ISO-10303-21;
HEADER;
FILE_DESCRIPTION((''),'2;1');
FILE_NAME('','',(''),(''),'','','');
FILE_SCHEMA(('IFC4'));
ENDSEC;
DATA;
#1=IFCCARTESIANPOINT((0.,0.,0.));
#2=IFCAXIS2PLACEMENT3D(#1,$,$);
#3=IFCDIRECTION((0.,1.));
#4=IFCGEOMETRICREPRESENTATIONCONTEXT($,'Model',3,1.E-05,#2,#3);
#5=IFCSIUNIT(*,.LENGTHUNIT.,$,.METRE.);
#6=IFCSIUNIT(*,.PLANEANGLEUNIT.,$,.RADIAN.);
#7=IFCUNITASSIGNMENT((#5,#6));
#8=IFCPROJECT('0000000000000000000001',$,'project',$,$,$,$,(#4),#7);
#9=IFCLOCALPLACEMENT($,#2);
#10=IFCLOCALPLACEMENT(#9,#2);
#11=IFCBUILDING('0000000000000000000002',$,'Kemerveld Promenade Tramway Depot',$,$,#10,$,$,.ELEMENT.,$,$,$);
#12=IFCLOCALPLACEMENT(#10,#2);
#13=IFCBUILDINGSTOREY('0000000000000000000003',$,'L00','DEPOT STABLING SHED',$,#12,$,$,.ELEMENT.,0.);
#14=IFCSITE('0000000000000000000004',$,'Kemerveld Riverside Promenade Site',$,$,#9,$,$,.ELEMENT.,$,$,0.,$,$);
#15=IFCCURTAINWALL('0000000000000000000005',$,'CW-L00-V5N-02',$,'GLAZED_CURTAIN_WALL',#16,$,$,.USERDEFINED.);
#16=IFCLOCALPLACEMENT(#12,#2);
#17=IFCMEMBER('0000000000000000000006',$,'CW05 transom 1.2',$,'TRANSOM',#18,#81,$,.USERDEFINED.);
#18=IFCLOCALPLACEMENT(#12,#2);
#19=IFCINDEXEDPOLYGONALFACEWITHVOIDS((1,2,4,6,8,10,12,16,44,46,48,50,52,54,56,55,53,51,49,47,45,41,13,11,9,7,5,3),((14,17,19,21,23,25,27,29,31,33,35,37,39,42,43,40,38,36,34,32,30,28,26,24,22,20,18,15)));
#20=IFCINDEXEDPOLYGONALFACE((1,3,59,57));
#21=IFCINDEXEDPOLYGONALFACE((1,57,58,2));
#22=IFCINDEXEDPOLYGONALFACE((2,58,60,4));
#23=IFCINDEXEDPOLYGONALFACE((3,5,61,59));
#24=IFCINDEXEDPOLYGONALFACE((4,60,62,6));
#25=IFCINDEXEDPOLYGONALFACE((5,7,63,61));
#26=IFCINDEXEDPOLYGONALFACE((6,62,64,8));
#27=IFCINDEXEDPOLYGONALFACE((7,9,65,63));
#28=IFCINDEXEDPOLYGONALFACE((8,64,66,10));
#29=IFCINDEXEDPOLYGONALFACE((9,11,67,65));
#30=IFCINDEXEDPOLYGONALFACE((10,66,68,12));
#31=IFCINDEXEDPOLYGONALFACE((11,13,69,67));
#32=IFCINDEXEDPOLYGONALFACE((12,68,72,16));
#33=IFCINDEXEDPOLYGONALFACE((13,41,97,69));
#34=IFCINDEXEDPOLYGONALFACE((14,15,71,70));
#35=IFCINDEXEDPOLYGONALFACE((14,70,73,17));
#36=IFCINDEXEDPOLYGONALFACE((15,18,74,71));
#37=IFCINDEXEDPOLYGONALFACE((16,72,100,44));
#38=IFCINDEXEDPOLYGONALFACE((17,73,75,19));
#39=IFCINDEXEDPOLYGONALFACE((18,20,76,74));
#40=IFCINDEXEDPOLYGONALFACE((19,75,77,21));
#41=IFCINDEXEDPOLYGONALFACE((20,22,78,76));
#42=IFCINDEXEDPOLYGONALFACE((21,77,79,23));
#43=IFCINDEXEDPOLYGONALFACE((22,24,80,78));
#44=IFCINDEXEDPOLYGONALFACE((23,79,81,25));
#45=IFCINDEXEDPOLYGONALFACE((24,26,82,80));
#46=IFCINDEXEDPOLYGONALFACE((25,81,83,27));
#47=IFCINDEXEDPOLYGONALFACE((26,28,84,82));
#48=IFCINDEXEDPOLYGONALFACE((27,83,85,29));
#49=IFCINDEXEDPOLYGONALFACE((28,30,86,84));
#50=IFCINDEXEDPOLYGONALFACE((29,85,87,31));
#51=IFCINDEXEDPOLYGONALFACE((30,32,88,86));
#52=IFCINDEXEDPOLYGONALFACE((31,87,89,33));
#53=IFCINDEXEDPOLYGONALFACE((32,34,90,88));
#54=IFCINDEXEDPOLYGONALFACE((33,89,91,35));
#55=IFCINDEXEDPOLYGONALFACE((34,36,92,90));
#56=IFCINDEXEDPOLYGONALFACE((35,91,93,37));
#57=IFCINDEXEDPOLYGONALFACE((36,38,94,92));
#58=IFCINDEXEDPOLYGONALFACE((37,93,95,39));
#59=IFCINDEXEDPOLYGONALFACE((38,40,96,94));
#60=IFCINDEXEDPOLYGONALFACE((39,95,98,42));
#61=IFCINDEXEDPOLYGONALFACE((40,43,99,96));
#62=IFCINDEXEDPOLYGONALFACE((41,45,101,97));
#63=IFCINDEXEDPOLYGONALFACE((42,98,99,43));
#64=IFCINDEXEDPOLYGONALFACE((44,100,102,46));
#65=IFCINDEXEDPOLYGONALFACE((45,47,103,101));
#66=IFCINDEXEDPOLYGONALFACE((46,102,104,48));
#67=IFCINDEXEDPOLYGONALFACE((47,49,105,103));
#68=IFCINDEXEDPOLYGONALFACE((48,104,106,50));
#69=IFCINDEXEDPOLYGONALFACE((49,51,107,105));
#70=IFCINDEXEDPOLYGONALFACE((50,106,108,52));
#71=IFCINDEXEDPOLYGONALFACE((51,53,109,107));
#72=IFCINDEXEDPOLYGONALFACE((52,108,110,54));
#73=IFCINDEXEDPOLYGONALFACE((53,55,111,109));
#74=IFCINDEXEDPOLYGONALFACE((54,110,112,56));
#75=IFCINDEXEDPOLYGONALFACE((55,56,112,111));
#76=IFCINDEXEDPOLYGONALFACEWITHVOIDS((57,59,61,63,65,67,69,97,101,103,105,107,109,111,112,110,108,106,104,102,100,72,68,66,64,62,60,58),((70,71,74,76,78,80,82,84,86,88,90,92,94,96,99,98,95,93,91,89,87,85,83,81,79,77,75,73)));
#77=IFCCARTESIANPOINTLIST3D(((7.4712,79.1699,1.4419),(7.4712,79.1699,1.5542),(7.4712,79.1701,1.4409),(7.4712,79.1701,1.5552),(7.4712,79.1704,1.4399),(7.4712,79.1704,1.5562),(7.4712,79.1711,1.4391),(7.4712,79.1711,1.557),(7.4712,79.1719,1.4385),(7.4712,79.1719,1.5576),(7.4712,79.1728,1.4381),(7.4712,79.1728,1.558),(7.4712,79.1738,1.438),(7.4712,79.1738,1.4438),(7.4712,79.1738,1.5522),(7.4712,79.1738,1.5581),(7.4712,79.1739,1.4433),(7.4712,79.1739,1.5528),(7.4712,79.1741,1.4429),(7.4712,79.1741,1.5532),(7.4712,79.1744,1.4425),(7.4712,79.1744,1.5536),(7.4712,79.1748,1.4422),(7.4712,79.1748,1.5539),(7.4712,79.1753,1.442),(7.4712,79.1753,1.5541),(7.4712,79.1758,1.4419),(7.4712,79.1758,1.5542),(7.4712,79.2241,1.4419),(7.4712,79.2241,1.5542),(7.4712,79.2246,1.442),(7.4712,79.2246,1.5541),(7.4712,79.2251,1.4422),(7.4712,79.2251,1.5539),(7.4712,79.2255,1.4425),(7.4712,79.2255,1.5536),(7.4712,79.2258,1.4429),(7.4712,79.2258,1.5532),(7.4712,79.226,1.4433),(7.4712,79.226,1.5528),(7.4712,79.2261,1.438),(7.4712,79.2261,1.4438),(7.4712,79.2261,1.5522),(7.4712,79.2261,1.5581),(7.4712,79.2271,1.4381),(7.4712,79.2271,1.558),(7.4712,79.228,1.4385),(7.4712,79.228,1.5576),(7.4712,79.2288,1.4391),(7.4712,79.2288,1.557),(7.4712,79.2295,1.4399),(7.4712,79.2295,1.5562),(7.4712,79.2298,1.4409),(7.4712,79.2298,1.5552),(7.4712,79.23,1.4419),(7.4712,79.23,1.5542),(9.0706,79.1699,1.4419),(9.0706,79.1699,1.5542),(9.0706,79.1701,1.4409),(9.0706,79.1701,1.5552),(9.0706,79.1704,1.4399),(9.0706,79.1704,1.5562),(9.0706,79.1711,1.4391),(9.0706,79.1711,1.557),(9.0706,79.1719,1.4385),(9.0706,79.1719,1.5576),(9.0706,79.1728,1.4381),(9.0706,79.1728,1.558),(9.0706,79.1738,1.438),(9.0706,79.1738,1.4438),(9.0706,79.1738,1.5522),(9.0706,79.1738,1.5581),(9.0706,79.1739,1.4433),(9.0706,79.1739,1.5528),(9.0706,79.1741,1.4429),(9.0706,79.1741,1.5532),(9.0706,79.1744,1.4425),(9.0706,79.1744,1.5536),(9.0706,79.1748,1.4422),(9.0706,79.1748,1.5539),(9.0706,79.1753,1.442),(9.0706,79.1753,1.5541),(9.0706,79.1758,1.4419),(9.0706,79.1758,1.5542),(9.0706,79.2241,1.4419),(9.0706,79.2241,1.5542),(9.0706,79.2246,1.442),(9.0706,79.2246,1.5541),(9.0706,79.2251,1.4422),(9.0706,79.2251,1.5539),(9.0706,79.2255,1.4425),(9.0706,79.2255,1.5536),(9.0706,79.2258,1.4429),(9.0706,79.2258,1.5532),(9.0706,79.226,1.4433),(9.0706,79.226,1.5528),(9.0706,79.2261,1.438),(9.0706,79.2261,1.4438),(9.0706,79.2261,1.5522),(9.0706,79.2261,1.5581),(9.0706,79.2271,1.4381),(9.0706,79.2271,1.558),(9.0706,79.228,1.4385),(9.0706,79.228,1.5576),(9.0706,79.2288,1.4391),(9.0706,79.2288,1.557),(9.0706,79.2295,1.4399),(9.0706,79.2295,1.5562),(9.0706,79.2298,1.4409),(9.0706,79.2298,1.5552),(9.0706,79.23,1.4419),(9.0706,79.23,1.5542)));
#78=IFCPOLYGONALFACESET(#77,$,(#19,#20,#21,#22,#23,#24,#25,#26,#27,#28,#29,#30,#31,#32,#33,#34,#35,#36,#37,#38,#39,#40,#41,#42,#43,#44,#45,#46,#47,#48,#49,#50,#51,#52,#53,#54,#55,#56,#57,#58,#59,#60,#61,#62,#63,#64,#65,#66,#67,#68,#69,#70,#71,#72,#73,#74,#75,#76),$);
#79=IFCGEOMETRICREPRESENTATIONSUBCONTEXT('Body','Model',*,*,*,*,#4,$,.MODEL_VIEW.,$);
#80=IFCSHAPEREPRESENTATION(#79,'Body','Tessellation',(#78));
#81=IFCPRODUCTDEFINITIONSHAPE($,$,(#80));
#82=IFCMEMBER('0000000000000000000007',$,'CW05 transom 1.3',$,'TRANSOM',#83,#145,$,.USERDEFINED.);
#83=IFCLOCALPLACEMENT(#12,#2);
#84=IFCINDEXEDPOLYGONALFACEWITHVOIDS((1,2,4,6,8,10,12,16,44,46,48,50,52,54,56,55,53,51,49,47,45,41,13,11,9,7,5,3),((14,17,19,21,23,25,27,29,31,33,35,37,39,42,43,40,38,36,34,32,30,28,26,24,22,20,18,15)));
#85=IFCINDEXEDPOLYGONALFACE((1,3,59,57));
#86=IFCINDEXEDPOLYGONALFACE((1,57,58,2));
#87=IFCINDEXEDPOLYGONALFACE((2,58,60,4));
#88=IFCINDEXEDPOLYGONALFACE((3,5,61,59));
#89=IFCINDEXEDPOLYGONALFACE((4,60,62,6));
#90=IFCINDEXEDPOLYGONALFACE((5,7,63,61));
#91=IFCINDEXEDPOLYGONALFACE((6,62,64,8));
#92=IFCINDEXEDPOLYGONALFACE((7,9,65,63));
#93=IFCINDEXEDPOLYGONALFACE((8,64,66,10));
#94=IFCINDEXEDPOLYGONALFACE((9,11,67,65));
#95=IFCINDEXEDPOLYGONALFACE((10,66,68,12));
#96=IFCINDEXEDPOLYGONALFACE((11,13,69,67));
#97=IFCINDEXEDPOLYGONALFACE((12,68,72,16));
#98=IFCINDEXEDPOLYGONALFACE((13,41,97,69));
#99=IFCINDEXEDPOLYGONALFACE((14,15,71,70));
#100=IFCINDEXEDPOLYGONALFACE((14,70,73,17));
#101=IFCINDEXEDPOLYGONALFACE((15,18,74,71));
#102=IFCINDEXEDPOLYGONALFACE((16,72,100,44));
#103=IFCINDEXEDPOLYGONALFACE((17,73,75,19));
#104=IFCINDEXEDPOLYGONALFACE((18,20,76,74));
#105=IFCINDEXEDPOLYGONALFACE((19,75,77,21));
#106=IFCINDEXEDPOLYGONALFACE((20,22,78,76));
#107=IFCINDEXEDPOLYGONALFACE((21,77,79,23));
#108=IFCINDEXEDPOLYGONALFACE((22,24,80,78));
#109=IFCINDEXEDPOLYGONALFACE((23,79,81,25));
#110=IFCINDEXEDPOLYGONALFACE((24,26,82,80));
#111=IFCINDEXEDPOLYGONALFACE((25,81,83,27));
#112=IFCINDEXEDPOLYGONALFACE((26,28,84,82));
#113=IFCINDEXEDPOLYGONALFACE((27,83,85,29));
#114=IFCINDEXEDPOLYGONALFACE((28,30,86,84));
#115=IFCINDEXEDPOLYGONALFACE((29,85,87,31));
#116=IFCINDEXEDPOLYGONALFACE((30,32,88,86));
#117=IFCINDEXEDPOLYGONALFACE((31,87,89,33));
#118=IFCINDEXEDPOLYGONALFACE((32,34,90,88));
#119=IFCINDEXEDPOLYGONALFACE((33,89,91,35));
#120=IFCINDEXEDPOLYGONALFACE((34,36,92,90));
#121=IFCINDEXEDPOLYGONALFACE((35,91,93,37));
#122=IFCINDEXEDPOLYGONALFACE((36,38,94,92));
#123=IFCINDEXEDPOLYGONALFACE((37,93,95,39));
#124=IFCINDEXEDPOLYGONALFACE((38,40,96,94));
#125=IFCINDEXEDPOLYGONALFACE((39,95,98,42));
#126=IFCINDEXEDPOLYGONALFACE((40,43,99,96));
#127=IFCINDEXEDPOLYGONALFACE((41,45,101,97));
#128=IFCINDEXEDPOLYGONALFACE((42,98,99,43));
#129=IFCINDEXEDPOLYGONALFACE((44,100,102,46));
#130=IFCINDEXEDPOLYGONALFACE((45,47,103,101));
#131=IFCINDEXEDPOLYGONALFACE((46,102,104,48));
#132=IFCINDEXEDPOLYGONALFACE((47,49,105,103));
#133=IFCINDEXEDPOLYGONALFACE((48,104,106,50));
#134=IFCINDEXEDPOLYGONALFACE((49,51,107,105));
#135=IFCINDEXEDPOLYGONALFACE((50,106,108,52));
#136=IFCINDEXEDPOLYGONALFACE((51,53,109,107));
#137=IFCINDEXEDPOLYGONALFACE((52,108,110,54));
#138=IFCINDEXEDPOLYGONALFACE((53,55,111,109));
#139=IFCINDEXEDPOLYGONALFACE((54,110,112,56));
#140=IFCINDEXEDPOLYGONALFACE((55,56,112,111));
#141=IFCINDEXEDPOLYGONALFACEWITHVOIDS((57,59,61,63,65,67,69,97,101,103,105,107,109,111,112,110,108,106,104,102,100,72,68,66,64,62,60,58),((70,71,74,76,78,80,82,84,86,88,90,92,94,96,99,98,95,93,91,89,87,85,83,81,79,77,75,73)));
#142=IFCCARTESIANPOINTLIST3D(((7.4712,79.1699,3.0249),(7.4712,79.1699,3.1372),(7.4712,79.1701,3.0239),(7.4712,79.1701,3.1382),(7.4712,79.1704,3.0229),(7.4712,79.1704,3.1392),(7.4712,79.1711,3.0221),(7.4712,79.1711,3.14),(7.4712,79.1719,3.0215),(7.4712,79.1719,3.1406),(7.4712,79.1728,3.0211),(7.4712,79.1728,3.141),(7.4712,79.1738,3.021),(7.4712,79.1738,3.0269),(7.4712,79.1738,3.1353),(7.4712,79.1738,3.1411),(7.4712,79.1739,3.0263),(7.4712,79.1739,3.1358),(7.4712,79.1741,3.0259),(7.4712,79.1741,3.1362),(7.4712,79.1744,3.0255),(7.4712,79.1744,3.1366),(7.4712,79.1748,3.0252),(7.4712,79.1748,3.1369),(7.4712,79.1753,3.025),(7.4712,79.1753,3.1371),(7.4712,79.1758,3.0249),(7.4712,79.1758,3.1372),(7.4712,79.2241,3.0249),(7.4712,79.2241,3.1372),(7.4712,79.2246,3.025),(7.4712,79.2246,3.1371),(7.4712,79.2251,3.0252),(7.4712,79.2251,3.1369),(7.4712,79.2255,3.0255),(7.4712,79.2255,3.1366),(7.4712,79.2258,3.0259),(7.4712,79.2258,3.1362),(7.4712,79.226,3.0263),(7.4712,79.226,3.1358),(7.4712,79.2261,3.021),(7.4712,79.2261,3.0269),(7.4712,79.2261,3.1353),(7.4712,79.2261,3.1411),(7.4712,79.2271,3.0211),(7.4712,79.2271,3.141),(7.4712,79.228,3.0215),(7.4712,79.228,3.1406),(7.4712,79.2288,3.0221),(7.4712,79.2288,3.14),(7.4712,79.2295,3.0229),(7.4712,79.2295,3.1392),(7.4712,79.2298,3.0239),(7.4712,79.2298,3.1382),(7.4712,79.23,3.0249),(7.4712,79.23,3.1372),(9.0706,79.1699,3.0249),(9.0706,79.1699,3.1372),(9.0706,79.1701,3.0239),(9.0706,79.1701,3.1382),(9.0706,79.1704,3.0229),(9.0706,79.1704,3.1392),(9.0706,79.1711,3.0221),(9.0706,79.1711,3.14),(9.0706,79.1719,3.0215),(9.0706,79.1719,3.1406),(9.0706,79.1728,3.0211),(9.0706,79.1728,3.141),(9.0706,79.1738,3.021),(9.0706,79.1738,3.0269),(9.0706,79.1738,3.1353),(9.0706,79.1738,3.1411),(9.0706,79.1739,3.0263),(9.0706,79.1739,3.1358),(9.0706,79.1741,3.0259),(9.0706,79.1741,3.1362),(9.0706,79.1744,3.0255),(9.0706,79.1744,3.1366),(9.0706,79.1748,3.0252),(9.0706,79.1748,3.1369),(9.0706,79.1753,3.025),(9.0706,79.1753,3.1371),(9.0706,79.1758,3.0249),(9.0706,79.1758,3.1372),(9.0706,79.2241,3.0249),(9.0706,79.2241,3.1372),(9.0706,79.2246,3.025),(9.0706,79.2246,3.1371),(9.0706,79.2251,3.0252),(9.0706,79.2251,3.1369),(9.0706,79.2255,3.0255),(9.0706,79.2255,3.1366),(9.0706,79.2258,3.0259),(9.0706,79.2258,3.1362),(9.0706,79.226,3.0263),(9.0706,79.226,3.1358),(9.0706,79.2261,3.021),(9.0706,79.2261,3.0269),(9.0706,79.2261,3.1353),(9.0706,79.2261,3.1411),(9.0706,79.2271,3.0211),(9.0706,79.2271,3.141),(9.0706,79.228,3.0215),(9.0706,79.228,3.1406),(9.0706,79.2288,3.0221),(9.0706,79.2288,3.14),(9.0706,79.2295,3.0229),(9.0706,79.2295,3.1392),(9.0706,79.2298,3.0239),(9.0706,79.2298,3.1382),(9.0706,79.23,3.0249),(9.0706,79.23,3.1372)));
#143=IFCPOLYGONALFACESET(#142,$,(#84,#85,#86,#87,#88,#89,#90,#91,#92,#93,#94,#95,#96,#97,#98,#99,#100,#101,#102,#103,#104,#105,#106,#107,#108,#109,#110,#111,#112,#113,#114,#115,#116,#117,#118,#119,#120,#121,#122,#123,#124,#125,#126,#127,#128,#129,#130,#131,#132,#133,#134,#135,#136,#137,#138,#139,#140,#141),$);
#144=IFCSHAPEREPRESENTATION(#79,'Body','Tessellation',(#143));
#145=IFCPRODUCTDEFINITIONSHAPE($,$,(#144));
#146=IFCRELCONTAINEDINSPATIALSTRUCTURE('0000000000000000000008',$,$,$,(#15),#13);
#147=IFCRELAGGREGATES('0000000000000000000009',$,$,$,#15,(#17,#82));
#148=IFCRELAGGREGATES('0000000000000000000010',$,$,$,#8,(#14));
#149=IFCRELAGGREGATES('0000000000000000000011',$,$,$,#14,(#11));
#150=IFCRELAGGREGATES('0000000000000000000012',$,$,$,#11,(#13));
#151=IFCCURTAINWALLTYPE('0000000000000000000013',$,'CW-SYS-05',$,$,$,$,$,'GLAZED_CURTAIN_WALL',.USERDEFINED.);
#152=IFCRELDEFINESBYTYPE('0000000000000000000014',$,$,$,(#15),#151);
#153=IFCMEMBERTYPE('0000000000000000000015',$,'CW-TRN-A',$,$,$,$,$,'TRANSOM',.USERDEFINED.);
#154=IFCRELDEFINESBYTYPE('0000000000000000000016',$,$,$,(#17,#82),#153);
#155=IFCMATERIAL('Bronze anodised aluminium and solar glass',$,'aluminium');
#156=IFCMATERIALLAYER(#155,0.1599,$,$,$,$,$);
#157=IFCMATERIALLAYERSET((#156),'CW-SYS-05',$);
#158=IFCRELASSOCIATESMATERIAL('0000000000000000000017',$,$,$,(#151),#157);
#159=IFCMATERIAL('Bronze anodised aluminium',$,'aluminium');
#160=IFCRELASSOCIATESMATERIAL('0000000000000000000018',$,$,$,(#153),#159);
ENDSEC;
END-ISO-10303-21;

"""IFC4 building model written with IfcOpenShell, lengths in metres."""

from ifc_helpers import new_model, si_unit, direction, frame, origin, origin_2d, place, context, subcontext, project, spatial, hollow_rectangle, extrude, material, layer, layer_set, material_profile, profile_set, type_object, element, aggregate, save


model = new_model("IFC4")

# Units and contexts
model_context = context("Model", 3, precision=1e-05, world=origin(), true_north=direction((0.0, 1.0)))
body_context = subcontext(model_context, "Body", "Model", "MODEL_VIEW")
ifc_project = project(units=[si_unit("LENGTHUNIT", "METRE"), si_unit("PLANEANGLEUNIT", "RADIAN")], contexts=[model_context])

# Site, building, storey
site_placement = place(None, origin())
site = spatial("IfcSite", under=ifc_project, at=site_placement, Name="Kemerveld Riverside Promenade Site", CompositionType="ELEMENT", RefElevation=0.0)
building_placement = place(site_placement, origin())
building = spatial("IfcBuilding", under=site, at=building_placement, Name="Kemerveld Promenade Tramway Depot", CompositionType="ELEMENT")
storey_placement = place(building_placement, origin())
storey = spatial("IfcBuildingStorey", under=building, at=storey_placement, Name="L00", Description="DEPOT STABLING SHED", CompositionType="ELEMENT", Elevation=0.0)

# Curtain wall, members
ifc_material_1 = material(Name="Bronze anodised aluminium and solar glass", Category="aluminium")
ifc_layer_1 = layer(ifc_material_1, 0.1599)
ifc_layer_set_1 = layer_set([ifc_layer_1], Name="CW-SYS-05")
curtain_wall_type = type_object("IfcCurtainWallType", Name="CW-SYS-05", ElementType="GLAZED_CURTAIN_WALL", PredefinedType="USERDEFINED", material=ifc_layer_set_1)
curtain_wall_placement = place(storey_placement, origin())
curtain_wall = element("IfcCurtainWall", 1, at=curtain_wall_placement, inside=storey, type_object=curtain_wall_type, Name="CW-L00-V5N-02", ObjectType="GLAZED_CURTAIN_WALL", PredefinedType="USERDEFINED")
ifc_material_2 = material(Name="Bronze anodised aluminium", Category="aluminium")
ifc_material_profile_1 = material_profile(ifc_material_2, hollow_rectangle(XDim=0.0601, YDim=0.1201, WallThickness=0.0039, InnerFilletRadius=0.002, OuterFilletRadius=0.0039, at=origin_2d()), Name="CW-TRN-120x60")
ifc_profile_set_1 = profile_set([ifc_material_profile_1], Name="Bronze anodised aluminium")
member_type_1 = type_object("IfcMemberType", Name="CW-TRN-A", ElementType="TRANSOM", PredefinedType="USERDEFINED", material=ifc_profile_set_1)
member_1_placement = place(storey_placement, frame((7.4712, 79.2, 1.498), z_axis=(1.0, 0.0, 0.0), x_axis=(0.0, 1.0, 0.0)))
member_1 = element("IfcMember", 2, at=member_1_placement, type_object=member_type_1, Name="CW05 transom 1.2", ObjectType="TRANSOM", PredefinedType="USERDEFINED", context=body_context, shape_type="SweptSolid", body=[
    extrude(hollow_rectangle(XDim=0.0601, YDim=0.1201, WallThickness=0.0039, InnerFilletRadius=0.002, OuterFilletRadius=0.0039, at=origin_2d()), origin(), (0.0, 0.0, 1.0), 1.5994),
])
member_2_placement = place(storey_placement, frame((7.4712, 79.2, 3.0811), z_axis=(1.0, 0.0, 0.0), x_axis=(0.0, 1.0, 0.0)))
member_2 = element("IfcMember", 3, at=member_2_placement, type_object=member_type_1, Name="CW05 transom 1.3", ObjectType="TRANSOM", PredefinedType="USERDEFINED", context=body_context, shape_type="SweptSolid", body=[
    extrude(hollow_rectangle(XDim=0.0601, YDim=0.1201, WallThickness=0.0039, InnerFilletRadius=0.002, OuterFilletRadius=0.0039, at=origin_2d()), origin(), (0.0, 0.0, 1.0), 1.5994),
])
aggregate(curtain_wall, [member_1, member_2])

save(model, "model.ifc")
